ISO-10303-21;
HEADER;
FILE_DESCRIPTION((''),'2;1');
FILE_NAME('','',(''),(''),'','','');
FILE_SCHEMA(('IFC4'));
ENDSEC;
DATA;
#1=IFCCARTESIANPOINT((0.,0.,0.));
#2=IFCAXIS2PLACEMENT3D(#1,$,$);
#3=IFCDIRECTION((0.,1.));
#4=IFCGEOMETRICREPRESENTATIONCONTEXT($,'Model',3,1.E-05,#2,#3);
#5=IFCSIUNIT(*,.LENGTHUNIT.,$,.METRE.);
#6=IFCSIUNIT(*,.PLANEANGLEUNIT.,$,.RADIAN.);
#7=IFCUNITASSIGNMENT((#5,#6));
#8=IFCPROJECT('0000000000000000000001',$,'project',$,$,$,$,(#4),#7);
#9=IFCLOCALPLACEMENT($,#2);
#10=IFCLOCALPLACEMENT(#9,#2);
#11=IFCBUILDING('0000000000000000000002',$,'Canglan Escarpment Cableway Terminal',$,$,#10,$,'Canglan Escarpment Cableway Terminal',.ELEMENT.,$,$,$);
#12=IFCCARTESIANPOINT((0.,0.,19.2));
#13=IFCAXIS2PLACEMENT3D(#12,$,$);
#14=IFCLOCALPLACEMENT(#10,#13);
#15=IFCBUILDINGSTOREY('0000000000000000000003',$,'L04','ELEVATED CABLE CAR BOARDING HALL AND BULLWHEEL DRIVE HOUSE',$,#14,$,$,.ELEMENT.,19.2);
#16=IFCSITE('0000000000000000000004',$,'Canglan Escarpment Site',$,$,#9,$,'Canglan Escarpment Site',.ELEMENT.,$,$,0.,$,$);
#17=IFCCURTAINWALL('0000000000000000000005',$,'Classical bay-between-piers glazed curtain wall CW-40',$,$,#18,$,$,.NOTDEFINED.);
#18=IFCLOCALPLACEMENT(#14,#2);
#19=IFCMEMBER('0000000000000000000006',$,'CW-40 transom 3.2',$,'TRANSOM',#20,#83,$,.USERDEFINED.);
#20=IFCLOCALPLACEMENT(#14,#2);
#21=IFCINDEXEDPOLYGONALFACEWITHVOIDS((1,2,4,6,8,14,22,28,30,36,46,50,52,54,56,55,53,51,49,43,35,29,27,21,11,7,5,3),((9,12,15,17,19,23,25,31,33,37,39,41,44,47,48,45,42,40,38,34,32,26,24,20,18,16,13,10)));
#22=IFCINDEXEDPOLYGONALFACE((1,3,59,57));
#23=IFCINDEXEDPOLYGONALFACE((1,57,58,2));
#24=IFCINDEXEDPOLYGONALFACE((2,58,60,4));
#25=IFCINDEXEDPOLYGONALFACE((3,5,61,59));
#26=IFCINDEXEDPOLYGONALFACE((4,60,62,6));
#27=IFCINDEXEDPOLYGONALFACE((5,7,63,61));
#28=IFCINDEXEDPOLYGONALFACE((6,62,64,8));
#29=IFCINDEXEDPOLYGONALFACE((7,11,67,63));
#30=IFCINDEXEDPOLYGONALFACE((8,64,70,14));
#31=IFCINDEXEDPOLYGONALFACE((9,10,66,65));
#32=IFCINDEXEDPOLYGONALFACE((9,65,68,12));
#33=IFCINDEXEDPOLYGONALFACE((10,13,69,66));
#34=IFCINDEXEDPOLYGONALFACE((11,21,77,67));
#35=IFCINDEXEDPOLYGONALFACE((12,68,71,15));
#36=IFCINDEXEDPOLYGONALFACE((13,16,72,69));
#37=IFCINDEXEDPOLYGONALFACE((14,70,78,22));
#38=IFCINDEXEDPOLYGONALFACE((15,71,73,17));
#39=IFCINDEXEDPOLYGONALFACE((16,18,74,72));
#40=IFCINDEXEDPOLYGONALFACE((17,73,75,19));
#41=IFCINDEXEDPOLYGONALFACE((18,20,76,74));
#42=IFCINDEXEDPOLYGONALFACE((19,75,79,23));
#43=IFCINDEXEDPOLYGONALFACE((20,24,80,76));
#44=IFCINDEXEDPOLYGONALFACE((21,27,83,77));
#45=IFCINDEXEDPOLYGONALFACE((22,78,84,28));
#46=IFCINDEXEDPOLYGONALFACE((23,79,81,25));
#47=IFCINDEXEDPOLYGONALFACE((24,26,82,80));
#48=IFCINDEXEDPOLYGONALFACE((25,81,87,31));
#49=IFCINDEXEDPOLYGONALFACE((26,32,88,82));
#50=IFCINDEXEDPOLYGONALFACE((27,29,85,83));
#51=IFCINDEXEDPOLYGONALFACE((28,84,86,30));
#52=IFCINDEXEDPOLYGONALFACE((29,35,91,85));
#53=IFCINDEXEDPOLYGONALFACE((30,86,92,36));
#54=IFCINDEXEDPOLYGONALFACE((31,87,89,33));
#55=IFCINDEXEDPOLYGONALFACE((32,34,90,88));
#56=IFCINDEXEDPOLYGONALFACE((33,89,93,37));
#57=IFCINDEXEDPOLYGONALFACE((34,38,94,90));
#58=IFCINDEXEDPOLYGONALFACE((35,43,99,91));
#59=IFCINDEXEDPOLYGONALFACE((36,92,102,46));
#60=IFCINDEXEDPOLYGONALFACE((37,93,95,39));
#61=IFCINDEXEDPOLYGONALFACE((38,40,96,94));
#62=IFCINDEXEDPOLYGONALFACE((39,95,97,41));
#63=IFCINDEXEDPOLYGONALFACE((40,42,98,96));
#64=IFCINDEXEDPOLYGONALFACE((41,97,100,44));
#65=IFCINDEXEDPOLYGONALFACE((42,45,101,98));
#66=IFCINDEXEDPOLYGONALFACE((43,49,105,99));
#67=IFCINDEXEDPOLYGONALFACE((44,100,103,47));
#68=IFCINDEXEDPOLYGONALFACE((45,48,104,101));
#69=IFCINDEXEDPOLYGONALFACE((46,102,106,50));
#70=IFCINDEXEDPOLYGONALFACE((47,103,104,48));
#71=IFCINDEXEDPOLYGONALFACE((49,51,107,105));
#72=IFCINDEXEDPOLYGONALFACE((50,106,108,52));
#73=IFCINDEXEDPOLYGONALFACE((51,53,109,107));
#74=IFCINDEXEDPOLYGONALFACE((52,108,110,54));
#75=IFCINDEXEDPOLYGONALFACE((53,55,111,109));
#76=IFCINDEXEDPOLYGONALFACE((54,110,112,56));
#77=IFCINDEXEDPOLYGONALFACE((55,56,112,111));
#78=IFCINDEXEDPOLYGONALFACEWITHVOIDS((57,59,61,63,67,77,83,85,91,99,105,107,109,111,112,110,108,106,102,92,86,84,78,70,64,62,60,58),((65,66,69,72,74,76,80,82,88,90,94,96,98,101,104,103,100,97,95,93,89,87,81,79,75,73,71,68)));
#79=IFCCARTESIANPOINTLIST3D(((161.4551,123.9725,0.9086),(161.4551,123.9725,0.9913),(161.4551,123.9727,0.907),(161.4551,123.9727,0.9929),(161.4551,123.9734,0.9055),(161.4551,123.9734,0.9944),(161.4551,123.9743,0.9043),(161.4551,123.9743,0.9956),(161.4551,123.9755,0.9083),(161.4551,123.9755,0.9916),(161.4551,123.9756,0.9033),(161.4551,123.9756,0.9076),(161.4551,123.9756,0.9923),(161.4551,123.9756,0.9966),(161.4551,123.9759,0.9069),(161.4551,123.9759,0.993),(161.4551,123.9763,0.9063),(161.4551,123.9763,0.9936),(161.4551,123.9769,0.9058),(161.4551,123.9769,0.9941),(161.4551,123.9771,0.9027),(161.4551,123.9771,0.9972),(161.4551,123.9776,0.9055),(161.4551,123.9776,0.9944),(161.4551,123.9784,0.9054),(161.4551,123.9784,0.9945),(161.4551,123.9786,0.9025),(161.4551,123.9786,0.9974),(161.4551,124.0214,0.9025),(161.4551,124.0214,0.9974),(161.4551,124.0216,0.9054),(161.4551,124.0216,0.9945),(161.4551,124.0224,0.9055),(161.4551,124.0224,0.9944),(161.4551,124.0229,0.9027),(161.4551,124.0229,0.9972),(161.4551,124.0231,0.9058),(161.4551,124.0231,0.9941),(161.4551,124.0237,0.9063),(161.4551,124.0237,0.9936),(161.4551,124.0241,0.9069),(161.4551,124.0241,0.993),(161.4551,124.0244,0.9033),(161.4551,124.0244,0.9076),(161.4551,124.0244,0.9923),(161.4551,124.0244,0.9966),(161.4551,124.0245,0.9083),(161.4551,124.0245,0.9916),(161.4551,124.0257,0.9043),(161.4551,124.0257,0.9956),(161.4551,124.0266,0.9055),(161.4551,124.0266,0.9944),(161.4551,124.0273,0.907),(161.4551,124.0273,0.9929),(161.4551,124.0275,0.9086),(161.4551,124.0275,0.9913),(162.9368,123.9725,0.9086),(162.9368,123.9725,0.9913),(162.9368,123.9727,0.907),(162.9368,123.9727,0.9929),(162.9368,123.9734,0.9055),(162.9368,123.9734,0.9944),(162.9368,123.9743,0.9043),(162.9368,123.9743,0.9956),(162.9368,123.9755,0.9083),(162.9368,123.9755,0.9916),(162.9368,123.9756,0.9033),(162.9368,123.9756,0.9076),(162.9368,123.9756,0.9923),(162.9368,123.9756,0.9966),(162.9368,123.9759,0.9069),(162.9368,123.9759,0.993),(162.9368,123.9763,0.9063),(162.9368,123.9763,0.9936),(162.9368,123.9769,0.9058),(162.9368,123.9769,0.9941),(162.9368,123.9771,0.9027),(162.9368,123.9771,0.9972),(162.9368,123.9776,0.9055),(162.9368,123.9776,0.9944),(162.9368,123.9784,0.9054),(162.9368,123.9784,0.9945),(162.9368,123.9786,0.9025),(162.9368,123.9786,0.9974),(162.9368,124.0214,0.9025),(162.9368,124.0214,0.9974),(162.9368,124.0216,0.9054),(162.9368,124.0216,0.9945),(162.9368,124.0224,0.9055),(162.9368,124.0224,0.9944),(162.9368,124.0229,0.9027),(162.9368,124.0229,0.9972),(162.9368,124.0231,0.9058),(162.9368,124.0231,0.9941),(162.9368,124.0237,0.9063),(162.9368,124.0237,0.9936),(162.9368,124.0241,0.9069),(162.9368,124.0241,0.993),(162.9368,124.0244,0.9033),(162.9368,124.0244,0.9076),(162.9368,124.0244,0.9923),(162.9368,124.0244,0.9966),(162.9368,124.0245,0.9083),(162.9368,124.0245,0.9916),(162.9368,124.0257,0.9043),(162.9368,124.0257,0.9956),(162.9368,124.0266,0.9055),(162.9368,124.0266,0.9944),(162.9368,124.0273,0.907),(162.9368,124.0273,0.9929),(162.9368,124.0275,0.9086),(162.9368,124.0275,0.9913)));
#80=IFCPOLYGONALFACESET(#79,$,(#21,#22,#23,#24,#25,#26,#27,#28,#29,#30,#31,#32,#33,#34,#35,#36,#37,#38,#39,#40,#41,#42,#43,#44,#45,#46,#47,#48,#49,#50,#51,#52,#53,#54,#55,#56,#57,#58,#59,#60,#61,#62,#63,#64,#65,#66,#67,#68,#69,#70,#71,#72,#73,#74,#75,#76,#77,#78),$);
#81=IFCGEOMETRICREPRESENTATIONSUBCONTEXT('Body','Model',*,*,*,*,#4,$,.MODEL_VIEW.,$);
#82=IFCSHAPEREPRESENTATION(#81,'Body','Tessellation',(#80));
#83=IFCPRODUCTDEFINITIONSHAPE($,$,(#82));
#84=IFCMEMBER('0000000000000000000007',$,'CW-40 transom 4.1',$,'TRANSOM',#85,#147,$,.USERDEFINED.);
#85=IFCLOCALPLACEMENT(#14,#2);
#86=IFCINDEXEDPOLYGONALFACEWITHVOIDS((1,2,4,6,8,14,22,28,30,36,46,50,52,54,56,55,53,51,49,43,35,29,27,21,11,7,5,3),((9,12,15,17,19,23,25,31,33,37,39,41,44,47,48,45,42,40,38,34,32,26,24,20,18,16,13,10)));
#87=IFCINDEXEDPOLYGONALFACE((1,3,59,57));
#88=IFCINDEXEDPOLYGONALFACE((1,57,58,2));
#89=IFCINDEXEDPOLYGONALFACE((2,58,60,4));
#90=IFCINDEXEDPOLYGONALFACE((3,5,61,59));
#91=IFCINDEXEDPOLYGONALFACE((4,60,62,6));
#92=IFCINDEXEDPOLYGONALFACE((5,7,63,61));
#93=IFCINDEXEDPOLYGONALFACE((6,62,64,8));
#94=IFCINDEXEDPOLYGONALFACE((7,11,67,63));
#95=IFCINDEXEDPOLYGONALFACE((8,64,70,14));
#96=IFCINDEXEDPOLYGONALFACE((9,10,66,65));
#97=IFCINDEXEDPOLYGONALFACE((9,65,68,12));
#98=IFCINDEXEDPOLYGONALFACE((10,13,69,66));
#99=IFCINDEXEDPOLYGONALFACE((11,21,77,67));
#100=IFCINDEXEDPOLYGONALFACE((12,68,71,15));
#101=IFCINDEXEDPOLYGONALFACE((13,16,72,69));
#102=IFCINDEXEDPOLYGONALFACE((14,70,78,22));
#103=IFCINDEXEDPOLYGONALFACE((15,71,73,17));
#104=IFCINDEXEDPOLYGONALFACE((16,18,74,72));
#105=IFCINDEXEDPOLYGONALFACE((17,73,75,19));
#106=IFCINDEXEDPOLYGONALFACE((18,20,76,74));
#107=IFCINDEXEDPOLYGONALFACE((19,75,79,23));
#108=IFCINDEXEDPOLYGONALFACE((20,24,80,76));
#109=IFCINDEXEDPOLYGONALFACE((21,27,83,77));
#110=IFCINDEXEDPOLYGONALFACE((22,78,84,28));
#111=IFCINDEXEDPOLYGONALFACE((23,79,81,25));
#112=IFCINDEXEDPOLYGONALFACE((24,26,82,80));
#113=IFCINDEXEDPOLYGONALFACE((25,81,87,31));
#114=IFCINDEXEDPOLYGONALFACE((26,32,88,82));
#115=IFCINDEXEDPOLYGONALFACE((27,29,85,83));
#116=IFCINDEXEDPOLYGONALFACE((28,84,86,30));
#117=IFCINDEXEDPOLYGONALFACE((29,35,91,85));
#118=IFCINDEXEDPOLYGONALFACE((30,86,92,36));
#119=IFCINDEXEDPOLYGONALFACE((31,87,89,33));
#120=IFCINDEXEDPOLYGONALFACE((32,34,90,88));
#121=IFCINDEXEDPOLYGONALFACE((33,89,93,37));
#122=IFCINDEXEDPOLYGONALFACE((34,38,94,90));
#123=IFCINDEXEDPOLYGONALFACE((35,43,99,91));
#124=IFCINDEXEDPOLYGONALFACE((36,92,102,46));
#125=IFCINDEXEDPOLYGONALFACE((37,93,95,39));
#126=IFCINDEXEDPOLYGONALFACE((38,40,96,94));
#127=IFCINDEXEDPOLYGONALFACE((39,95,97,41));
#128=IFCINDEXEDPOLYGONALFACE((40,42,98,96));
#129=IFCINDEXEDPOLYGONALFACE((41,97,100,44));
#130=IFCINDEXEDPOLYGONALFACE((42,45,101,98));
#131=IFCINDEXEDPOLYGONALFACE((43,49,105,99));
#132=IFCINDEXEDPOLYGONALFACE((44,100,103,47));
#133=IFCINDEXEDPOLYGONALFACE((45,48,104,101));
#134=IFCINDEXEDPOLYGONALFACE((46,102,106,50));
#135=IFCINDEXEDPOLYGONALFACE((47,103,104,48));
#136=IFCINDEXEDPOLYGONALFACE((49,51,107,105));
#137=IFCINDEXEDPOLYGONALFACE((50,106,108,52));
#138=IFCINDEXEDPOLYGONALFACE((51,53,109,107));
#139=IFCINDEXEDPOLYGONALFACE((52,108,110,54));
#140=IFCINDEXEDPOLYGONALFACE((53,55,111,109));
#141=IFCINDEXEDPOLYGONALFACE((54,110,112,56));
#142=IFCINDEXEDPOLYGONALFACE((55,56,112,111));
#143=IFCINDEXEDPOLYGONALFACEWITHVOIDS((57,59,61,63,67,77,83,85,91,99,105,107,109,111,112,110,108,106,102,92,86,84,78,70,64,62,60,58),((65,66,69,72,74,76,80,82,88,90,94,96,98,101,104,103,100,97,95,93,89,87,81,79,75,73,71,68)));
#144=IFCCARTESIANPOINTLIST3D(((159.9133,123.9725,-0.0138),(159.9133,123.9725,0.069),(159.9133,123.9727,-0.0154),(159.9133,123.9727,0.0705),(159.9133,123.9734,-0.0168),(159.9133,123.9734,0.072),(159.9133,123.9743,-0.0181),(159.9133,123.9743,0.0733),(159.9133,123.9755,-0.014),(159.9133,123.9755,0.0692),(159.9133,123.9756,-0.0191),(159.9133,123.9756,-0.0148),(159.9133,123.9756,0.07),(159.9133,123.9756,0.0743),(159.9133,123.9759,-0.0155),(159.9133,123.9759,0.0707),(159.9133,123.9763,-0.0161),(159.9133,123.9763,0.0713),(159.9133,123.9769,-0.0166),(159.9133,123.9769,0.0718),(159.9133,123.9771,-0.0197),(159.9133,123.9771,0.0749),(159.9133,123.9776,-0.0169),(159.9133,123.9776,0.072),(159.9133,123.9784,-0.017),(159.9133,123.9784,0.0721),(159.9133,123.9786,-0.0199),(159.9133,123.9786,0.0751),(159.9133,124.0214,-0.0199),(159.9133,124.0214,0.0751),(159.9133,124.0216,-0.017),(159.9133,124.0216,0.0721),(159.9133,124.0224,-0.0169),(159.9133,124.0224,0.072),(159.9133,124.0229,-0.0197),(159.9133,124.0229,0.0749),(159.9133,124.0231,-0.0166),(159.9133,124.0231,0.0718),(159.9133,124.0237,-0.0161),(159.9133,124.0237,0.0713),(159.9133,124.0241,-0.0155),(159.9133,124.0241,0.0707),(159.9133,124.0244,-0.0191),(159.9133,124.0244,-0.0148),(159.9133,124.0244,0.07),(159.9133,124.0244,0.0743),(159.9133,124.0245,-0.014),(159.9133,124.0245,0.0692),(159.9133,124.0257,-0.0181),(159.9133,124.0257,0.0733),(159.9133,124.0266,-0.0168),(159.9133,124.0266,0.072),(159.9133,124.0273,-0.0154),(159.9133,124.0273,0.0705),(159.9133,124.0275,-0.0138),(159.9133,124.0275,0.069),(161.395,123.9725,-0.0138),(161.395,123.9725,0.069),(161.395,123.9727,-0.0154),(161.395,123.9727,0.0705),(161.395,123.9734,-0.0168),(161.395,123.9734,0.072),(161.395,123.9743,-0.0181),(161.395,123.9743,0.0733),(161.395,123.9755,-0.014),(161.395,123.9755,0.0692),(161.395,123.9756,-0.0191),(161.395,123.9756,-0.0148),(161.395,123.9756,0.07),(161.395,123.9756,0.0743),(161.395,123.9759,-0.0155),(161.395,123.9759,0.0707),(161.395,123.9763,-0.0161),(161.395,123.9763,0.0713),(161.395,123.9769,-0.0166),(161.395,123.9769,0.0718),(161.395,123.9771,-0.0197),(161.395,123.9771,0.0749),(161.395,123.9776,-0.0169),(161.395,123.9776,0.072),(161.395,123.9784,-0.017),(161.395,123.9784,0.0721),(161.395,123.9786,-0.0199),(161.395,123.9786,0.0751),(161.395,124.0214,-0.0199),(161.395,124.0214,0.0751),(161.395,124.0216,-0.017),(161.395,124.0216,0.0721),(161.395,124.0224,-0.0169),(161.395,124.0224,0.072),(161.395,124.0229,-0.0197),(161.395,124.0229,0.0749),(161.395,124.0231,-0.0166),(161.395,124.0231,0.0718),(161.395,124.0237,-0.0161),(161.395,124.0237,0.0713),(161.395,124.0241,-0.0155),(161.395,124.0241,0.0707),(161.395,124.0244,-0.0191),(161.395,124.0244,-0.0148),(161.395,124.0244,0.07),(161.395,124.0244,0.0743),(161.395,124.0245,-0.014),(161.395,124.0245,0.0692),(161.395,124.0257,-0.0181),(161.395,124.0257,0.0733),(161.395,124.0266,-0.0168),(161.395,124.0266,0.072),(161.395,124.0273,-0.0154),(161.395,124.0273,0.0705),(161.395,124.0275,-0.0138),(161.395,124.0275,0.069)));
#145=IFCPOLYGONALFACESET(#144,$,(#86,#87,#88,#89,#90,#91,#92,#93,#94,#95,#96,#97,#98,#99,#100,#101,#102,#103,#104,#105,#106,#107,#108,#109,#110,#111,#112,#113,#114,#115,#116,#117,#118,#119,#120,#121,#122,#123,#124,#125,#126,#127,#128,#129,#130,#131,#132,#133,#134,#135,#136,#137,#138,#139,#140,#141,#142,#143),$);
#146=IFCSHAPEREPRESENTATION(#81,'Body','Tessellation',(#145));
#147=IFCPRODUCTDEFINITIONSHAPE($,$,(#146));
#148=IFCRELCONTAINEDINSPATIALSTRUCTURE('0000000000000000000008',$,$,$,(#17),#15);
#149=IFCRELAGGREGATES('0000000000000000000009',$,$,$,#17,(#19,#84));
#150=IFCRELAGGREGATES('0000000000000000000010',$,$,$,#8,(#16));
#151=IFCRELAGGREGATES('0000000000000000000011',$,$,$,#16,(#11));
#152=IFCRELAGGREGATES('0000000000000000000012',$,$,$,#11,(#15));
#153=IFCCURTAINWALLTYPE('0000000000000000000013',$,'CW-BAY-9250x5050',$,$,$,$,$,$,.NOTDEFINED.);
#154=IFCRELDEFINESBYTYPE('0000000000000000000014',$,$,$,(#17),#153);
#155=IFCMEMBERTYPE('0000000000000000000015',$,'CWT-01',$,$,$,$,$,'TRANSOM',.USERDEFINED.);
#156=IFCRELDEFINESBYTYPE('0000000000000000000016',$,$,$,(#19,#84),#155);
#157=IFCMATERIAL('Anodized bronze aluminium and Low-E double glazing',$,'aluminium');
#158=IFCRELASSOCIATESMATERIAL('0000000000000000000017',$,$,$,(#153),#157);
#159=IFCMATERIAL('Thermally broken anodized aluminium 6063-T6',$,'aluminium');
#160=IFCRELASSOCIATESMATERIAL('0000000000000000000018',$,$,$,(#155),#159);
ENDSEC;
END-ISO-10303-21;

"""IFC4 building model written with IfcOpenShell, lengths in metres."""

from ifc_helpers import new_model, si_unit, direction, frame, origin, origin_2d, place, context, subcontext, project, spatial, hollow_rectangle, extrude, material, material_profile, profile_set, type_object, element, aggregate, save


model = new_model("IFC4")

# Units and contexts
model_context = context("Model", 3, precision=1e-05, world=origin(), true_north=direction((0.0, 1.0)))
body_context = subcontext(model_context, "Body", "Model", "MODEL_VIEW")
ifc_project = project(units=[si_unit("LENGTHUNIT", "METRE"), si_unit("PLANEANGLEUNIT", "RADIAN")], contexts=[model_context])

# Site, building, storey
site_placement = place(None, origin())
site = spatial("IfcSite", under=ifc_project, at=site_placement, Name="Canglan Escarpment Site", LongName="Canglan Escarpment Site", CompositionType="ELEMENT", RefElevation=0.0)
building_placement = place(site_placement, origin())
building = spatial("IfcBuilding", under=site, at=building_placement, Name="Canglan Escarpment Cableway Terminal", LongName="Canglan Escarpment Cableway Terminal", CompositionType="ELEMENT")
storey_placement = place(building_placement, frame((0.0, 0.0, 19.2)))
storey = spatial("IfcBuildingStorey", under=building, at=storey_placement, Name="L04", Description="ELEVATED CABLE CAR BOARDING HALL AND BULLWHEEL DRIVE HOUSE", CompositionType="ELEMENT", Elevation=19.2)

# Curtain wall
ifc_material_1 = material(Name="Anodized bronze aluminium and Low-E double glazing", Category="aluminium")
curtain_wall_type = type_object("IfcCurtainWallType", Name="CW-BAY-9250x5050", PredefinedType="NOTDEFINED", material=ifc_material_1)
curtain_wall_1_placement = place(storey_placement, origin())
curtain_wall_1 = element("IfcCurtainWall", 1, at=curtain_wall_1_placement, inside=storey, type_object=curtain_wall_type, Name="Classical bay-between-piers glazed curtain wall CW-40", PredefinedType="NOTDEFINED")
ifc_material_2 = material(Name="Thermally broken anodized aluminium 6063-T6", Category="aluminium")

# Members
ifc_material_profile_1 = material_profile(ifc_material_2, hollow_rectangle(XDim=0.0549, YDim=0.095, WallThickness=0.0029, InnerFilletRadius=0.0029, OuterFilletRadius=0.0061, at=origin_2d()), Name="ALU-TRAN 55x95x3")
ifc_profile_set_1 = profile_set([ifc_material_profile_1], Name="Thermally broken anodized aluminium 6063-T6")
member_type_1 = type_object("IfcMemberType", Name="CWT-01", ElementType="TRANSOM", PredefinedType="USERDEFINED", material=ifc_profile_set_1)
member_1_placement = place(storey_placement, frame((162.9368, 124.0, 0.95), z_axis=(-1.0, 0.0, 0.0), x_axis=(0.0, -1.0, 0.0)))
member_1 = element("IfcMember", 2, at=member_1_placement, type_object=member_type_1, Name="CW-40 transom 3.2", ObjectType="TRANSOM", PredefinedType="USERDEFINED", context=body_context, shape_type="SweptSolid", body=[
    extrude(hollow_rectangle(XDim=0.0549, YDim=0.095, WallThickness=0.0029, InnerFilletRadius=0.0029, OuterFilletRadius=0.0061, at=origin_2d()), origin(), (0.0, 0.0, 1.0), 1.4817),
])
member_2_placement = place(storey_placement, frame((161.395, 124.0, 0.0276), z_axis=(-1.0, 0.0, 0.0), x_axis=(0.0, -1.0, 0.0)))
member_2 = element("IfcMember", 3, at=member_2_placement, type_object=member_type_1, Name="CW-40 transom 4.1", ObjectType="TRANSOM", PredefinedType="USERDEFINED", context=body_context, shape_type="SweptSolid", body=[
    extrude(hollow_rectangle(XDim=0.0549, YDim=0.095, WallThickness=0.0029, InnerFilletRadius=0.0029, OuterFilletRadius=0.0061, at=origin_2d()), origin(), (0.0, 0.0, 1.0), 1.4817),
])

aggregate(curtain_wall_1, [member_1, member_2])

save(model, "model.ifc")
